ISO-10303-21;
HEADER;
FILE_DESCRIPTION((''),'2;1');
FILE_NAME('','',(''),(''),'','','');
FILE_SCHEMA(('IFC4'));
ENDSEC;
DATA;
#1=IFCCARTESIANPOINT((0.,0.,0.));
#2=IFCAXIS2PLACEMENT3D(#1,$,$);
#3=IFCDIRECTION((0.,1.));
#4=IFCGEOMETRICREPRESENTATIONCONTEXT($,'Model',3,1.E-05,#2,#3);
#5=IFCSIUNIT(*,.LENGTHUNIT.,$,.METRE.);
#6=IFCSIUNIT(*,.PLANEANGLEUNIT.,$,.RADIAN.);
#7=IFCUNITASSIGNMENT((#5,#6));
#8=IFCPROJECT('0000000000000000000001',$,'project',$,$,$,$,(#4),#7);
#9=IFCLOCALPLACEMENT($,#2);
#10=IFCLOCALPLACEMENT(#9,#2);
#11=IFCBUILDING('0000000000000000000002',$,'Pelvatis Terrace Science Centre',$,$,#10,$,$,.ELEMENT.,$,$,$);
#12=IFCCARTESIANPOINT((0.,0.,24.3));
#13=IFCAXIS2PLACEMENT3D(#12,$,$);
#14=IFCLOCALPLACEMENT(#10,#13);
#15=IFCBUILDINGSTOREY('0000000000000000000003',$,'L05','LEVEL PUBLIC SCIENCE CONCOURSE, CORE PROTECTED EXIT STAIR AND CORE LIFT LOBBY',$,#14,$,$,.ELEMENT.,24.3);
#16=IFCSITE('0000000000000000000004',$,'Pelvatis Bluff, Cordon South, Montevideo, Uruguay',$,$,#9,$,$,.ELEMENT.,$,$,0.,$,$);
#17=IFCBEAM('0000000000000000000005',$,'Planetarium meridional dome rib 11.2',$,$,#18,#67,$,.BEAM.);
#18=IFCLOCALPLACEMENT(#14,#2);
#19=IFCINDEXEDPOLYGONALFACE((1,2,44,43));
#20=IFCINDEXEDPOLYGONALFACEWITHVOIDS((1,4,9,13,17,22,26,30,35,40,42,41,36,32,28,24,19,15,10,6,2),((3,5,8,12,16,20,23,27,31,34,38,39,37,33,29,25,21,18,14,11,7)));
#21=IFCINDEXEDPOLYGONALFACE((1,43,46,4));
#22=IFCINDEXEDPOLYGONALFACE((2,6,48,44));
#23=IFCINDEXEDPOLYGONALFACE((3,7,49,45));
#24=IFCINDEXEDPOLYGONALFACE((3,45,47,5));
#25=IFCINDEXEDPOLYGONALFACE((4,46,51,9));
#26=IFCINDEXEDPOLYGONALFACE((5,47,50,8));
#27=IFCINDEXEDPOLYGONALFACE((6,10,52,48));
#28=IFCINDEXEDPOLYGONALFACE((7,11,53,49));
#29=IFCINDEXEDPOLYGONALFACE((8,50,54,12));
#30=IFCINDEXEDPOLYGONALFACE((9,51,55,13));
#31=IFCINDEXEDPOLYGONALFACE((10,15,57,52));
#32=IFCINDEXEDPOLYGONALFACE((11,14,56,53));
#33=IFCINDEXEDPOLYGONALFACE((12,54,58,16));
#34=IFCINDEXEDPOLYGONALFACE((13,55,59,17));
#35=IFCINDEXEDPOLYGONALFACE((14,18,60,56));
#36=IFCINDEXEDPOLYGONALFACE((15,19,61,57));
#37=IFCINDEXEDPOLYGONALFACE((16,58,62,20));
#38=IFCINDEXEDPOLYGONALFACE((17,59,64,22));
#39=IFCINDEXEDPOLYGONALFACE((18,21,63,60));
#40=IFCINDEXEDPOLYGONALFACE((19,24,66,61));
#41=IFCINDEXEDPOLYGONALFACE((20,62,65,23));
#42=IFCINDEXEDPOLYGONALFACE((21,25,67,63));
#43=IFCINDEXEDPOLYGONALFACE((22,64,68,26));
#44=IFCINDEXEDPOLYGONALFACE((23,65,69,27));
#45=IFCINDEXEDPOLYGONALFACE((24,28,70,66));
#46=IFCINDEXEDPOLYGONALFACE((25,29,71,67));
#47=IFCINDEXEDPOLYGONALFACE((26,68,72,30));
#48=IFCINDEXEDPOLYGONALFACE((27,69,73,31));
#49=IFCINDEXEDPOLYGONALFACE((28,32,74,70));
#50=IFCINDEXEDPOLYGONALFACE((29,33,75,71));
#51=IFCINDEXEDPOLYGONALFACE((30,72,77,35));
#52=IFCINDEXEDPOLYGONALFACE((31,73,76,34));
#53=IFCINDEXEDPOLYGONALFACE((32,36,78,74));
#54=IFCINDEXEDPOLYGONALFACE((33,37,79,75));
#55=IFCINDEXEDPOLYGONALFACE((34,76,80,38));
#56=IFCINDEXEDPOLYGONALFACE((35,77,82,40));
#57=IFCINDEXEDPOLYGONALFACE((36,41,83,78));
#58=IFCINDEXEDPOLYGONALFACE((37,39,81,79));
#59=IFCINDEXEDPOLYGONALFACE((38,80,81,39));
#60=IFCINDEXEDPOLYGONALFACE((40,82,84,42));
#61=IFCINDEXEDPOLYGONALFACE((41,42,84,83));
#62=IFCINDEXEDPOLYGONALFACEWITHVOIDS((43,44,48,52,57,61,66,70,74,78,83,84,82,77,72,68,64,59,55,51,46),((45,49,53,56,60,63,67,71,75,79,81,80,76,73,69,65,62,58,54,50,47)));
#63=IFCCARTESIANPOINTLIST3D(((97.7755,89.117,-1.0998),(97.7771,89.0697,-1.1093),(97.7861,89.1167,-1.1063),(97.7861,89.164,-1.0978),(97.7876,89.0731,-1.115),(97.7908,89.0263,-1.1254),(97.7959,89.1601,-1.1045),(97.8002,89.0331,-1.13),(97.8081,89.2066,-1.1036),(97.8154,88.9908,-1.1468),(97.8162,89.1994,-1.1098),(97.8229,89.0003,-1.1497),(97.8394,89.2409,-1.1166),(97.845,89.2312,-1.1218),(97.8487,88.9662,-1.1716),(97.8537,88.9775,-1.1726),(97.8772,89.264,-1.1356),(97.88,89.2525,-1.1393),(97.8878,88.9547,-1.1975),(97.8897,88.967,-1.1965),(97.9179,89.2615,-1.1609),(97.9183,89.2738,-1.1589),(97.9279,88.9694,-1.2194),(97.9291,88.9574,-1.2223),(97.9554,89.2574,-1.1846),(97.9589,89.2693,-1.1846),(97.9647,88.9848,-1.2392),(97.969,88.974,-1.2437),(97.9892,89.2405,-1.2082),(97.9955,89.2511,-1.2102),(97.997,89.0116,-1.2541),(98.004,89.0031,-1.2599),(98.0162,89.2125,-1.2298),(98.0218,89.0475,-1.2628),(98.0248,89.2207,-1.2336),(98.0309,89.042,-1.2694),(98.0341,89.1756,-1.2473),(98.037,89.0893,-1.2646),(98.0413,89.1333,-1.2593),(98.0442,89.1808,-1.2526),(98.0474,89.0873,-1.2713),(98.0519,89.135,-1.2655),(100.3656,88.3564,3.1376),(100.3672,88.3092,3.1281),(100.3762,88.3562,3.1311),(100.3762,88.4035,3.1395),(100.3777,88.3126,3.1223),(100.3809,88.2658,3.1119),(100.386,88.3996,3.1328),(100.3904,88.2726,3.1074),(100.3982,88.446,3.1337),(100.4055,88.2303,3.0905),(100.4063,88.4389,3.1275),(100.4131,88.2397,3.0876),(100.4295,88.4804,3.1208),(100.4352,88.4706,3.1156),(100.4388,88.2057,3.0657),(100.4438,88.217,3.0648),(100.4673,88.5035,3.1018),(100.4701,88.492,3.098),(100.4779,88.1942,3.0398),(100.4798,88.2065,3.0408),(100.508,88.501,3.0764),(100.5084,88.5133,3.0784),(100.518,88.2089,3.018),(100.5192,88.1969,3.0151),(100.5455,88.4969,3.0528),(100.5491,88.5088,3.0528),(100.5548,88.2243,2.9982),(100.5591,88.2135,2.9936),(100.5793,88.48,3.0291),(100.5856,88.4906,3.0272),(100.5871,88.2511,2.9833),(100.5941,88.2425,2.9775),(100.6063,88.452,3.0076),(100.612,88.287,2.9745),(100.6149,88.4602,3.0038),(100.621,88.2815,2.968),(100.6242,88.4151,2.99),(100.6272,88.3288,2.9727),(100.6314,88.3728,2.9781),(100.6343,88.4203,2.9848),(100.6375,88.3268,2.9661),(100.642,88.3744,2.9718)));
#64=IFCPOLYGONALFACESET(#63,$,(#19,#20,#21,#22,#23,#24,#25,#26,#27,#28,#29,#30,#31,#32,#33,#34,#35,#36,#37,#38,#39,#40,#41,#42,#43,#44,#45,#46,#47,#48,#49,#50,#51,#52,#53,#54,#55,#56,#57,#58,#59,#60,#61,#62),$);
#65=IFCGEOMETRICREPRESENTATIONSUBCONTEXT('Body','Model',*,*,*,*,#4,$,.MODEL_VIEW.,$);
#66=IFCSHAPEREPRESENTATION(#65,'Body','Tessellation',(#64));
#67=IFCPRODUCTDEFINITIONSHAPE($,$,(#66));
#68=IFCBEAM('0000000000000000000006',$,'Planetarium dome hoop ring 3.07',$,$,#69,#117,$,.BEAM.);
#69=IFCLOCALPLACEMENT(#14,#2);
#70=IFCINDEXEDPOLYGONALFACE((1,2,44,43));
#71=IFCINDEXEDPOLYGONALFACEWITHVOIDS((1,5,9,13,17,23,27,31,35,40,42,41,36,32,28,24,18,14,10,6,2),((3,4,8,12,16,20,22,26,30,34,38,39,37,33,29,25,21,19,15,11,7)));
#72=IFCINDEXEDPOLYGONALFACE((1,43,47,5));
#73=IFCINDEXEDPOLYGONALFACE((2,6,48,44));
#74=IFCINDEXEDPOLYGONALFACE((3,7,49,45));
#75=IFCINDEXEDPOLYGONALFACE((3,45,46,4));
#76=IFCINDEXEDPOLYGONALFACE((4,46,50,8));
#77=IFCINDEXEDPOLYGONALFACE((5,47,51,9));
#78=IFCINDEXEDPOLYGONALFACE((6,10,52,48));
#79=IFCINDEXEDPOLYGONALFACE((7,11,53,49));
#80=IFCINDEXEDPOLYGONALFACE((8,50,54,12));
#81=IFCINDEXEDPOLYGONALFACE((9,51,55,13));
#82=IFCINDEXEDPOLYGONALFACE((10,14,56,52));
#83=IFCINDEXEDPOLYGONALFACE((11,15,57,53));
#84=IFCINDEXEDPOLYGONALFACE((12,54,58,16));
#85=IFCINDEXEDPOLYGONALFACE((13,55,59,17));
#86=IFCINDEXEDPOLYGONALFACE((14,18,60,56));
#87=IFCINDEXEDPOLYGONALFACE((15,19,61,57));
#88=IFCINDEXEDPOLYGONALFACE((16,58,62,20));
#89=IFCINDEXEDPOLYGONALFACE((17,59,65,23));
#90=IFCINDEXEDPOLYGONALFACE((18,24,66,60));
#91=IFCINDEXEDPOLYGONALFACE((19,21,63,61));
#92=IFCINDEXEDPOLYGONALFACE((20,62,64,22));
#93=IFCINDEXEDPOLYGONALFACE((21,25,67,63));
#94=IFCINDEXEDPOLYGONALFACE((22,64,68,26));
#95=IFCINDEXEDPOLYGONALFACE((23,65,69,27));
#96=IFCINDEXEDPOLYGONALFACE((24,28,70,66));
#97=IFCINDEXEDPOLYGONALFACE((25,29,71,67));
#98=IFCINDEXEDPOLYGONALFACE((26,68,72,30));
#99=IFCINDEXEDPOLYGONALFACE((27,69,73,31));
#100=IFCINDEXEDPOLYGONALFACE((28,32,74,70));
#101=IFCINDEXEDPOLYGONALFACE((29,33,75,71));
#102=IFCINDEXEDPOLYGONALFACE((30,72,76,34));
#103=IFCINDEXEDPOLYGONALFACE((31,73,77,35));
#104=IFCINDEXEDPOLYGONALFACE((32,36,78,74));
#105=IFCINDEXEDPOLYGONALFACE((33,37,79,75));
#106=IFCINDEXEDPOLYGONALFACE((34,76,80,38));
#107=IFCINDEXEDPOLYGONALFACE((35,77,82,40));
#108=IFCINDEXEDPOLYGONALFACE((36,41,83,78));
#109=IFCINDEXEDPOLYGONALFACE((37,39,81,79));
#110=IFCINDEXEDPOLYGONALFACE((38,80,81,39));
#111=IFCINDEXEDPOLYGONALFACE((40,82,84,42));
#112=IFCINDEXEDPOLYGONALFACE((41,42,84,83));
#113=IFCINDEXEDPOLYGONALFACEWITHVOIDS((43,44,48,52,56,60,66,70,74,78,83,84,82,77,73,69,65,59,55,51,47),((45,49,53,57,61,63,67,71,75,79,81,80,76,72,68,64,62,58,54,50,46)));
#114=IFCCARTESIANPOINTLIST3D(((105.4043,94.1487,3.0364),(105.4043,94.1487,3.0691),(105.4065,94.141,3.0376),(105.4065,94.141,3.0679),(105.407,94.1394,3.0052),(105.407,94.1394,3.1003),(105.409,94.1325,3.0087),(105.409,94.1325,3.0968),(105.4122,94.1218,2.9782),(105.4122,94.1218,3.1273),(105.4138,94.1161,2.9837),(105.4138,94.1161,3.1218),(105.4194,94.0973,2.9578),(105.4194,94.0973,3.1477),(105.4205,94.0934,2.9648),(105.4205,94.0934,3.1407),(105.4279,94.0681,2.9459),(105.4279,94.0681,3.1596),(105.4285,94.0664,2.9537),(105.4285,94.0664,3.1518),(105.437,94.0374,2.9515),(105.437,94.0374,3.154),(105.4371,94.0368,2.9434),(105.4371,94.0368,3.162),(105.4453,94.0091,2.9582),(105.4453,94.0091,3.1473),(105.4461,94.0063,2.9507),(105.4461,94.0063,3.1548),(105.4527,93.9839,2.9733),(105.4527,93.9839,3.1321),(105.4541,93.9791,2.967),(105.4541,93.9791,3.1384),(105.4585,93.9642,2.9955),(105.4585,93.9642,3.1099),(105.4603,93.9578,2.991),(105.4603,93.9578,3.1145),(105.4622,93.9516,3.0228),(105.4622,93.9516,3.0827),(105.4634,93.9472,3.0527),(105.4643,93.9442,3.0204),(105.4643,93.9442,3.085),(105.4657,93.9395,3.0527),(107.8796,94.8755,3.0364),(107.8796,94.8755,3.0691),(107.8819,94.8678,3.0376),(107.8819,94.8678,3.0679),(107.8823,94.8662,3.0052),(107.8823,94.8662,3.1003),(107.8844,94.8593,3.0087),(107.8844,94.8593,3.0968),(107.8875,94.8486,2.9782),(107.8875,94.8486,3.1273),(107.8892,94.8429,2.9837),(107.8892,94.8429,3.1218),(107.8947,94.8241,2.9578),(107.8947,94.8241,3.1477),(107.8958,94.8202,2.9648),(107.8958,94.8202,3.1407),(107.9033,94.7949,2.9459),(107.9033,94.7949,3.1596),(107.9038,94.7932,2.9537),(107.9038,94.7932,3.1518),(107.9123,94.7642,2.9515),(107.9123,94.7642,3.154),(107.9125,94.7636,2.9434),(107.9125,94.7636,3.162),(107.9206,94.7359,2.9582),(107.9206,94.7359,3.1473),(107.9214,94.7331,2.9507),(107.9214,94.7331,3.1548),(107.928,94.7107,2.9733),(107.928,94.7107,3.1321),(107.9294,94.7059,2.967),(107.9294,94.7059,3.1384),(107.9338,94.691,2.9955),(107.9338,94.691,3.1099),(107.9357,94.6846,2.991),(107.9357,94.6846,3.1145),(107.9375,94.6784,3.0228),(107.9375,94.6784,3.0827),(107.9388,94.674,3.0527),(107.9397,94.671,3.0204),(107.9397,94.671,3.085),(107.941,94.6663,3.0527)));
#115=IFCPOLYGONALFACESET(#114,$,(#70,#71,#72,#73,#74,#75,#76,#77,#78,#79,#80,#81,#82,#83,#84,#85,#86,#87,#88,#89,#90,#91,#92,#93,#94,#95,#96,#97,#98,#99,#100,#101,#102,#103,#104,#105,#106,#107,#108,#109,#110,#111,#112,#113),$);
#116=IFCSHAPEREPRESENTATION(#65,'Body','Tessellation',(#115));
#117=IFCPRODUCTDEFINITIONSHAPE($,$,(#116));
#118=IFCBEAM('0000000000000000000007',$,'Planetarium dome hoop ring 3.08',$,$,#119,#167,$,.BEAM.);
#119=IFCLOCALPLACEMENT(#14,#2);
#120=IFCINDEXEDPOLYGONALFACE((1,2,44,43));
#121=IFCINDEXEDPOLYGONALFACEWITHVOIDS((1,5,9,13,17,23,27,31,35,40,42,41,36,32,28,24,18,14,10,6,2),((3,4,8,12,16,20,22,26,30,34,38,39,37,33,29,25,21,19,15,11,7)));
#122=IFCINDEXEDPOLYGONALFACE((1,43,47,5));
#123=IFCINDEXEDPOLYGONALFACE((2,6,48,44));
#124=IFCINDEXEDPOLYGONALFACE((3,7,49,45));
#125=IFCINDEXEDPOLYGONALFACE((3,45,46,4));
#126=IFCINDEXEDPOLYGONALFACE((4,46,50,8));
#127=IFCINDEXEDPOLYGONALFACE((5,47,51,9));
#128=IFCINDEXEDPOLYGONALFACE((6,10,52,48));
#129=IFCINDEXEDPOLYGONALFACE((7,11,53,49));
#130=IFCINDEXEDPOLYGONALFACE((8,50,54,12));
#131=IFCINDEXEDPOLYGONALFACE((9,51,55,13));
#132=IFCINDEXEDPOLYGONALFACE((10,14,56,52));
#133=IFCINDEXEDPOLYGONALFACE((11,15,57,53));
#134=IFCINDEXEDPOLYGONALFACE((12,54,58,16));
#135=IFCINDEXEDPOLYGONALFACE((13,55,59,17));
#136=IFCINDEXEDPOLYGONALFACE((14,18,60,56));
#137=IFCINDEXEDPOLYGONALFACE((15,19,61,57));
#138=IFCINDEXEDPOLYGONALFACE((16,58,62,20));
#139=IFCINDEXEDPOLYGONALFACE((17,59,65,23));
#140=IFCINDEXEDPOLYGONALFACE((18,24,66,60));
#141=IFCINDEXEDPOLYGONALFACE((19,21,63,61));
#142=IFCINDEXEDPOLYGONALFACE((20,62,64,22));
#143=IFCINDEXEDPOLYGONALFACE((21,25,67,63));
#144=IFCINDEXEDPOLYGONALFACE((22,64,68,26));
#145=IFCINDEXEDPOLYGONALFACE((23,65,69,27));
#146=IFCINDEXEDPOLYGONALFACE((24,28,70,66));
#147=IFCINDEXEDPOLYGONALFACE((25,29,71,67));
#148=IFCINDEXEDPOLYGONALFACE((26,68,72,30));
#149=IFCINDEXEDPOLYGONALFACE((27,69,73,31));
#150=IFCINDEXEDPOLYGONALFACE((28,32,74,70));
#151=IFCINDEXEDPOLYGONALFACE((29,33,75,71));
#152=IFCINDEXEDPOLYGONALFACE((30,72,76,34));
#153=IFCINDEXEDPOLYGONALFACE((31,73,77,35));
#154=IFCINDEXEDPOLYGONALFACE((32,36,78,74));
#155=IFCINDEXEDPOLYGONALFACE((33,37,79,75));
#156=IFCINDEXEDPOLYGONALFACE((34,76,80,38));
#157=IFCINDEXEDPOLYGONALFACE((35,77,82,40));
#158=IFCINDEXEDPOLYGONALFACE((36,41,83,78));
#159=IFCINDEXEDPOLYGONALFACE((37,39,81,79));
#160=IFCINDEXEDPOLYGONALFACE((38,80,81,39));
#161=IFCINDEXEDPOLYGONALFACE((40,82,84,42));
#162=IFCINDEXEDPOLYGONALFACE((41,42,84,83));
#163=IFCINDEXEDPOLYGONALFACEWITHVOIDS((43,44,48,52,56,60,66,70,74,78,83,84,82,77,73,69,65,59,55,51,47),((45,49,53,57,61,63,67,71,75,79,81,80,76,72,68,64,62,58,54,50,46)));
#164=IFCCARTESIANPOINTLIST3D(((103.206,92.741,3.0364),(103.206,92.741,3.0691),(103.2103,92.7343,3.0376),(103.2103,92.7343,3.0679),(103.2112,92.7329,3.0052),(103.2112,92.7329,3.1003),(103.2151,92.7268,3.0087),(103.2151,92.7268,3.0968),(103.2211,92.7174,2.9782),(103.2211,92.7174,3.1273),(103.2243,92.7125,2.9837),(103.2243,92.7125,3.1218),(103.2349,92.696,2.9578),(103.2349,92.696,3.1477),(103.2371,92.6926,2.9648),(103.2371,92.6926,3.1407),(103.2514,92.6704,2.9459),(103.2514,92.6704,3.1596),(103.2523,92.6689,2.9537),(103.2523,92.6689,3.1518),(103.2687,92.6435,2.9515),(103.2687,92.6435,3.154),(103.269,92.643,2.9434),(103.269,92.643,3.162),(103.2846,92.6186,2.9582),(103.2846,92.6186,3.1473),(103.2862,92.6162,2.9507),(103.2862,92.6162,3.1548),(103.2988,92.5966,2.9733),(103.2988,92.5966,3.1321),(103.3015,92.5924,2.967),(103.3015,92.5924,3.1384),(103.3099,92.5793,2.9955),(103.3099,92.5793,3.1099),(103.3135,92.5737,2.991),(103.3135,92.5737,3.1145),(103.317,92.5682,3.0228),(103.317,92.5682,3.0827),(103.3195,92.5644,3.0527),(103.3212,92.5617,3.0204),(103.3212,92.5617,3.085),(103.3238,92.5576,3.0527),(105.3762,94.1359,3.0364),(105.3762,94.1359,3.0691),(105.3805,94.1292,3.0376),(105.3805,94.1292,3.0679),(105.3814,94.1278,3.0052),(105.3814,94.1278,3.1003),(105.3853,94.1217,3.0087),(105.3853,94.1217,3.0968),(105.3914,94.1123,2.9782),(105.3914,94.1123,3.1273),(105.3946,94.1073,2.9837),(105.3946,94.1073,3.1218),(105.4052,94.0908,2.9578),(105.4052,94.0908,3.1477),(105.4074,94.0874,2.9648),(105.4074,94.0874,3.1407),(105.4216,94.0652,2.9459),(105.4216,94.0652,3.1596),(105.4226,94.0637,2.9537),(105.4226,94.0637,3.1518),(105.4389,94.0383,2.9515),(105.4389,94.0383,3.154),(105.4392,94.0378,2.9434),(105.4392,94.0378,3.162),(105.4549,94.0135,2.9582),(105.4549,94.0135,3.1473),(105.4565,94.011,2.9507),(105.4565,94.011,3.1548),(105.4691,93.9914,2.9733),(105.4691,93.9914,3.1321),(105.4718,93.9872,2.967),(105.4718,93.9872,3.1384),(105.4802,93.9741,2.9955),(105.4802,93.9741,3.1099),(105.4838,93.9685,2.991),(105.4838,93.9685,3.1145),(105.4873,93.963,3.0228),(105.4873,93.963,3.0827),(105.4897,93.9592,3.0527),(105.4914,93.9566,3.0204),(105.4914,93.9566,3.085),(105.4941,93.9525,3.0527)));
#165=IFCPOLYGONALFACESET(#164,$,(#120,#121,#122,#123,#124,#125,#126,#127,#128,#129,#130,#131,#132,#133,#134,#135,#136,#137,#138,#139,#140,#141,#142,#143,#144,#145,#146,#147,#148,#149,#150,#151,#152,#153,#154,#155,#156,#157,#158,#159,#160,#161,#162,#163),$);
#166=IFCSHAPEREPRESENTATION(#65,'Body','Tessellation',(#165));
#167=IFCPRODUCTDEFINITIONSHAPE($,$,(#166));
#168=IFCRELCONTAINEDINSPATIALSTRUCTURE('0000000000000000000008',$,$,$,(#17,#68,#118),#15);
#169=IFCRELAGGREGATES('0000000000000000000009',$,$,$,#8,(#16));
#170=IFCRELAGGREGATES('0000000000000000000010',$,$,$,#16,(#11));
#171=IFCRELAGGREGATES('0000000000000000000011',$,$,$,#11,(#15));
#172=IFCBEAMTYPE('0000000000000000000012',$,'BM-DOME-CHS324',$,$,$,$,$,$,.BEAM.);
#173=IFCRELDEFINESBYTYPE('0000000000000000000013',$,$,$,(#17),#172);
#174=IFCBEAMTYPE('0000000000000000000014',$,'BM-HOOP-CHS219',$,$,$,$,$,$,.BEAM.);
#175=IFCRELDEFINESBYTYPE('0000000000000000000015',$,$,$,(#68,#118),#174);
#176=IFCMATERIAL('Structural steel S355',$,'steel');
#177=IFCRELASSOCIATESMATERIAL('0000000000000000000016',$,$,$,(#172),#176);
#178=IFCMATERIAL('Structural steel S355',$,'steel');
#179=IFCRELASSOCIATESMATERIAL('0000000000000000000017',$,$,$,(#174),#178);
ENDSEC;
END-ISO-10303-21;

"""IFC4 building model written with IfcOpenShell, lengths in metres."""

from ifc_helpers import new_model, si_unit, direction, frame, origin, origin_2d, place, context, subcontext, project, spatial, hollow_circle, extrude, material, material_profile, profile_set, type_object, element, save


model = new_model("IFC4")

# Units and contexts
model_context = context("Model", 3, precision=1e-05, world=origin(), true_north=direction((0.0, 1.0)))
body_context = subcontext(model_context, "Body", "Model", "MODEL_VIEW")
ifc_project = project(units=[si_unit("LENGTHUNIT", "METRE"), si_unit("PLANEANGLEUNIT", "RADIAN")], contexts=[model_context])

# Site, building, storey
site_placement = place(None, origin())
site = spatial("IfcSite", under=ifc_project, at=site_placement, Name="Pelvatis Bluff, Cordon South, Montevideo, Uruguay", CompositionType="ELEMENT", RefElevation=0.0)
building_placement = place(site_placement, origin())
building = spatial("IfcBuilding", under=site, at=building_placement, Name="Pelvatis Terrace Science Centre", CompositionType="ELEMENT")
storey_placement = place(building_placement, frame((0.0, 0.0, 24.3)))
storey = spatial("IfcBuildingStorey", under=building, at=storey_placement, Name="L05", Description="LEVEL PUBLIC SCIENCE CONCOURSE, CORE PROTECTED EXIT STAIR AND CORE LIFT LOBBY", CompositionType="ELEMENT", Elevation=24.3)

# Beams
ifc_material_1 = material(Name="Structural steel S355", Category="steel")
ifc_material_profile_1 = material_profile(ifc_material_1, hollow_circle(Radius=0.1619, WallThickness=0.0125, at=origin_2d()), Name="CHS 323.9x12.5")
ifc_profile_set_1 = profile_set([ifc_material_profile_1], Name="Structural steel S355")
beam_type_1 = type_object("IfcBeamType", Name="BM-DOME-CHS324", PredefinedType="BEAM", material=ifc_profile_set_1)
for number, where, z_axis, x_axis, name in (
    (1, (97.9133, 89.114, -1.1846), (0.515532, -0.15137, 0.843394), (0.281726, 0.959495, 0.0), "Planetarium meridional dome rib 11.2"),
):
    element("IfcBeam", number, at=place(storey_placement, frame(where, z_axis=z_axis, x_axis=x_axis)), inside=storey, type_object=beam_type_1, Name=name, PredefinedType="BEAM", context=body_context, shape_type="SweptSolid", body=[
        extrude(hollow_circle(Radius=0.1619, WallThickness=0.0125, at=origin_2d()), origin(), (0.0, 0.0, 1.0), 5.0242),
    ])
ifc_material_2 = material(Name="Structural steel S355", Category="steel")
ifc_material_profile_2 = material_profile(ifc_material_2, hollow_circle(Radius=0.1096, WallThickness=0.0081, at=origin_2d()), Name="CHS 219.1x8.0")
ifc_profile_set_2 = profile_set([ifc_material_profile_2], Name="Structural steel S355")
beam_type_2 = type_object("IfcBeamType", Name="BM-HOOP-CHS219", PredefinedType="BEAM", material=ifc_profile_set_2)
for number, where, z_axis, x_axis, name in (
    (2, (107.9102, 94.7715, 3.0527), (-0.959495, -0.281726, 0.0), (0.281726, -0.959495, 0.0), "Planetarium dome hoop ring 3.07"),
    (3, (105.4348, 94.0447, 3.0527), (-0.841237, -0.540667, 0.0), (0.540667, -0.841237, 0.0), "Planetarium dome hoop ring 3.08"),
):
    element("IfcBeam", number, at=place(storey_placement, frame(where, z_axis=z_axis, x_axis=x_axis)), inside=storey, type_object=beam_type_2, Name=name, PredefinedType="BEAM", context=body_context, shape_type="SweptSolid", body=[
        extrude(hollow_circle(Radius=0.1096, WallThickness=0.0081, at=origin_2d()), origin(), (0.0, 0.0, 1.0), 2.5798),
    ])

save(model, "model.ifc")
